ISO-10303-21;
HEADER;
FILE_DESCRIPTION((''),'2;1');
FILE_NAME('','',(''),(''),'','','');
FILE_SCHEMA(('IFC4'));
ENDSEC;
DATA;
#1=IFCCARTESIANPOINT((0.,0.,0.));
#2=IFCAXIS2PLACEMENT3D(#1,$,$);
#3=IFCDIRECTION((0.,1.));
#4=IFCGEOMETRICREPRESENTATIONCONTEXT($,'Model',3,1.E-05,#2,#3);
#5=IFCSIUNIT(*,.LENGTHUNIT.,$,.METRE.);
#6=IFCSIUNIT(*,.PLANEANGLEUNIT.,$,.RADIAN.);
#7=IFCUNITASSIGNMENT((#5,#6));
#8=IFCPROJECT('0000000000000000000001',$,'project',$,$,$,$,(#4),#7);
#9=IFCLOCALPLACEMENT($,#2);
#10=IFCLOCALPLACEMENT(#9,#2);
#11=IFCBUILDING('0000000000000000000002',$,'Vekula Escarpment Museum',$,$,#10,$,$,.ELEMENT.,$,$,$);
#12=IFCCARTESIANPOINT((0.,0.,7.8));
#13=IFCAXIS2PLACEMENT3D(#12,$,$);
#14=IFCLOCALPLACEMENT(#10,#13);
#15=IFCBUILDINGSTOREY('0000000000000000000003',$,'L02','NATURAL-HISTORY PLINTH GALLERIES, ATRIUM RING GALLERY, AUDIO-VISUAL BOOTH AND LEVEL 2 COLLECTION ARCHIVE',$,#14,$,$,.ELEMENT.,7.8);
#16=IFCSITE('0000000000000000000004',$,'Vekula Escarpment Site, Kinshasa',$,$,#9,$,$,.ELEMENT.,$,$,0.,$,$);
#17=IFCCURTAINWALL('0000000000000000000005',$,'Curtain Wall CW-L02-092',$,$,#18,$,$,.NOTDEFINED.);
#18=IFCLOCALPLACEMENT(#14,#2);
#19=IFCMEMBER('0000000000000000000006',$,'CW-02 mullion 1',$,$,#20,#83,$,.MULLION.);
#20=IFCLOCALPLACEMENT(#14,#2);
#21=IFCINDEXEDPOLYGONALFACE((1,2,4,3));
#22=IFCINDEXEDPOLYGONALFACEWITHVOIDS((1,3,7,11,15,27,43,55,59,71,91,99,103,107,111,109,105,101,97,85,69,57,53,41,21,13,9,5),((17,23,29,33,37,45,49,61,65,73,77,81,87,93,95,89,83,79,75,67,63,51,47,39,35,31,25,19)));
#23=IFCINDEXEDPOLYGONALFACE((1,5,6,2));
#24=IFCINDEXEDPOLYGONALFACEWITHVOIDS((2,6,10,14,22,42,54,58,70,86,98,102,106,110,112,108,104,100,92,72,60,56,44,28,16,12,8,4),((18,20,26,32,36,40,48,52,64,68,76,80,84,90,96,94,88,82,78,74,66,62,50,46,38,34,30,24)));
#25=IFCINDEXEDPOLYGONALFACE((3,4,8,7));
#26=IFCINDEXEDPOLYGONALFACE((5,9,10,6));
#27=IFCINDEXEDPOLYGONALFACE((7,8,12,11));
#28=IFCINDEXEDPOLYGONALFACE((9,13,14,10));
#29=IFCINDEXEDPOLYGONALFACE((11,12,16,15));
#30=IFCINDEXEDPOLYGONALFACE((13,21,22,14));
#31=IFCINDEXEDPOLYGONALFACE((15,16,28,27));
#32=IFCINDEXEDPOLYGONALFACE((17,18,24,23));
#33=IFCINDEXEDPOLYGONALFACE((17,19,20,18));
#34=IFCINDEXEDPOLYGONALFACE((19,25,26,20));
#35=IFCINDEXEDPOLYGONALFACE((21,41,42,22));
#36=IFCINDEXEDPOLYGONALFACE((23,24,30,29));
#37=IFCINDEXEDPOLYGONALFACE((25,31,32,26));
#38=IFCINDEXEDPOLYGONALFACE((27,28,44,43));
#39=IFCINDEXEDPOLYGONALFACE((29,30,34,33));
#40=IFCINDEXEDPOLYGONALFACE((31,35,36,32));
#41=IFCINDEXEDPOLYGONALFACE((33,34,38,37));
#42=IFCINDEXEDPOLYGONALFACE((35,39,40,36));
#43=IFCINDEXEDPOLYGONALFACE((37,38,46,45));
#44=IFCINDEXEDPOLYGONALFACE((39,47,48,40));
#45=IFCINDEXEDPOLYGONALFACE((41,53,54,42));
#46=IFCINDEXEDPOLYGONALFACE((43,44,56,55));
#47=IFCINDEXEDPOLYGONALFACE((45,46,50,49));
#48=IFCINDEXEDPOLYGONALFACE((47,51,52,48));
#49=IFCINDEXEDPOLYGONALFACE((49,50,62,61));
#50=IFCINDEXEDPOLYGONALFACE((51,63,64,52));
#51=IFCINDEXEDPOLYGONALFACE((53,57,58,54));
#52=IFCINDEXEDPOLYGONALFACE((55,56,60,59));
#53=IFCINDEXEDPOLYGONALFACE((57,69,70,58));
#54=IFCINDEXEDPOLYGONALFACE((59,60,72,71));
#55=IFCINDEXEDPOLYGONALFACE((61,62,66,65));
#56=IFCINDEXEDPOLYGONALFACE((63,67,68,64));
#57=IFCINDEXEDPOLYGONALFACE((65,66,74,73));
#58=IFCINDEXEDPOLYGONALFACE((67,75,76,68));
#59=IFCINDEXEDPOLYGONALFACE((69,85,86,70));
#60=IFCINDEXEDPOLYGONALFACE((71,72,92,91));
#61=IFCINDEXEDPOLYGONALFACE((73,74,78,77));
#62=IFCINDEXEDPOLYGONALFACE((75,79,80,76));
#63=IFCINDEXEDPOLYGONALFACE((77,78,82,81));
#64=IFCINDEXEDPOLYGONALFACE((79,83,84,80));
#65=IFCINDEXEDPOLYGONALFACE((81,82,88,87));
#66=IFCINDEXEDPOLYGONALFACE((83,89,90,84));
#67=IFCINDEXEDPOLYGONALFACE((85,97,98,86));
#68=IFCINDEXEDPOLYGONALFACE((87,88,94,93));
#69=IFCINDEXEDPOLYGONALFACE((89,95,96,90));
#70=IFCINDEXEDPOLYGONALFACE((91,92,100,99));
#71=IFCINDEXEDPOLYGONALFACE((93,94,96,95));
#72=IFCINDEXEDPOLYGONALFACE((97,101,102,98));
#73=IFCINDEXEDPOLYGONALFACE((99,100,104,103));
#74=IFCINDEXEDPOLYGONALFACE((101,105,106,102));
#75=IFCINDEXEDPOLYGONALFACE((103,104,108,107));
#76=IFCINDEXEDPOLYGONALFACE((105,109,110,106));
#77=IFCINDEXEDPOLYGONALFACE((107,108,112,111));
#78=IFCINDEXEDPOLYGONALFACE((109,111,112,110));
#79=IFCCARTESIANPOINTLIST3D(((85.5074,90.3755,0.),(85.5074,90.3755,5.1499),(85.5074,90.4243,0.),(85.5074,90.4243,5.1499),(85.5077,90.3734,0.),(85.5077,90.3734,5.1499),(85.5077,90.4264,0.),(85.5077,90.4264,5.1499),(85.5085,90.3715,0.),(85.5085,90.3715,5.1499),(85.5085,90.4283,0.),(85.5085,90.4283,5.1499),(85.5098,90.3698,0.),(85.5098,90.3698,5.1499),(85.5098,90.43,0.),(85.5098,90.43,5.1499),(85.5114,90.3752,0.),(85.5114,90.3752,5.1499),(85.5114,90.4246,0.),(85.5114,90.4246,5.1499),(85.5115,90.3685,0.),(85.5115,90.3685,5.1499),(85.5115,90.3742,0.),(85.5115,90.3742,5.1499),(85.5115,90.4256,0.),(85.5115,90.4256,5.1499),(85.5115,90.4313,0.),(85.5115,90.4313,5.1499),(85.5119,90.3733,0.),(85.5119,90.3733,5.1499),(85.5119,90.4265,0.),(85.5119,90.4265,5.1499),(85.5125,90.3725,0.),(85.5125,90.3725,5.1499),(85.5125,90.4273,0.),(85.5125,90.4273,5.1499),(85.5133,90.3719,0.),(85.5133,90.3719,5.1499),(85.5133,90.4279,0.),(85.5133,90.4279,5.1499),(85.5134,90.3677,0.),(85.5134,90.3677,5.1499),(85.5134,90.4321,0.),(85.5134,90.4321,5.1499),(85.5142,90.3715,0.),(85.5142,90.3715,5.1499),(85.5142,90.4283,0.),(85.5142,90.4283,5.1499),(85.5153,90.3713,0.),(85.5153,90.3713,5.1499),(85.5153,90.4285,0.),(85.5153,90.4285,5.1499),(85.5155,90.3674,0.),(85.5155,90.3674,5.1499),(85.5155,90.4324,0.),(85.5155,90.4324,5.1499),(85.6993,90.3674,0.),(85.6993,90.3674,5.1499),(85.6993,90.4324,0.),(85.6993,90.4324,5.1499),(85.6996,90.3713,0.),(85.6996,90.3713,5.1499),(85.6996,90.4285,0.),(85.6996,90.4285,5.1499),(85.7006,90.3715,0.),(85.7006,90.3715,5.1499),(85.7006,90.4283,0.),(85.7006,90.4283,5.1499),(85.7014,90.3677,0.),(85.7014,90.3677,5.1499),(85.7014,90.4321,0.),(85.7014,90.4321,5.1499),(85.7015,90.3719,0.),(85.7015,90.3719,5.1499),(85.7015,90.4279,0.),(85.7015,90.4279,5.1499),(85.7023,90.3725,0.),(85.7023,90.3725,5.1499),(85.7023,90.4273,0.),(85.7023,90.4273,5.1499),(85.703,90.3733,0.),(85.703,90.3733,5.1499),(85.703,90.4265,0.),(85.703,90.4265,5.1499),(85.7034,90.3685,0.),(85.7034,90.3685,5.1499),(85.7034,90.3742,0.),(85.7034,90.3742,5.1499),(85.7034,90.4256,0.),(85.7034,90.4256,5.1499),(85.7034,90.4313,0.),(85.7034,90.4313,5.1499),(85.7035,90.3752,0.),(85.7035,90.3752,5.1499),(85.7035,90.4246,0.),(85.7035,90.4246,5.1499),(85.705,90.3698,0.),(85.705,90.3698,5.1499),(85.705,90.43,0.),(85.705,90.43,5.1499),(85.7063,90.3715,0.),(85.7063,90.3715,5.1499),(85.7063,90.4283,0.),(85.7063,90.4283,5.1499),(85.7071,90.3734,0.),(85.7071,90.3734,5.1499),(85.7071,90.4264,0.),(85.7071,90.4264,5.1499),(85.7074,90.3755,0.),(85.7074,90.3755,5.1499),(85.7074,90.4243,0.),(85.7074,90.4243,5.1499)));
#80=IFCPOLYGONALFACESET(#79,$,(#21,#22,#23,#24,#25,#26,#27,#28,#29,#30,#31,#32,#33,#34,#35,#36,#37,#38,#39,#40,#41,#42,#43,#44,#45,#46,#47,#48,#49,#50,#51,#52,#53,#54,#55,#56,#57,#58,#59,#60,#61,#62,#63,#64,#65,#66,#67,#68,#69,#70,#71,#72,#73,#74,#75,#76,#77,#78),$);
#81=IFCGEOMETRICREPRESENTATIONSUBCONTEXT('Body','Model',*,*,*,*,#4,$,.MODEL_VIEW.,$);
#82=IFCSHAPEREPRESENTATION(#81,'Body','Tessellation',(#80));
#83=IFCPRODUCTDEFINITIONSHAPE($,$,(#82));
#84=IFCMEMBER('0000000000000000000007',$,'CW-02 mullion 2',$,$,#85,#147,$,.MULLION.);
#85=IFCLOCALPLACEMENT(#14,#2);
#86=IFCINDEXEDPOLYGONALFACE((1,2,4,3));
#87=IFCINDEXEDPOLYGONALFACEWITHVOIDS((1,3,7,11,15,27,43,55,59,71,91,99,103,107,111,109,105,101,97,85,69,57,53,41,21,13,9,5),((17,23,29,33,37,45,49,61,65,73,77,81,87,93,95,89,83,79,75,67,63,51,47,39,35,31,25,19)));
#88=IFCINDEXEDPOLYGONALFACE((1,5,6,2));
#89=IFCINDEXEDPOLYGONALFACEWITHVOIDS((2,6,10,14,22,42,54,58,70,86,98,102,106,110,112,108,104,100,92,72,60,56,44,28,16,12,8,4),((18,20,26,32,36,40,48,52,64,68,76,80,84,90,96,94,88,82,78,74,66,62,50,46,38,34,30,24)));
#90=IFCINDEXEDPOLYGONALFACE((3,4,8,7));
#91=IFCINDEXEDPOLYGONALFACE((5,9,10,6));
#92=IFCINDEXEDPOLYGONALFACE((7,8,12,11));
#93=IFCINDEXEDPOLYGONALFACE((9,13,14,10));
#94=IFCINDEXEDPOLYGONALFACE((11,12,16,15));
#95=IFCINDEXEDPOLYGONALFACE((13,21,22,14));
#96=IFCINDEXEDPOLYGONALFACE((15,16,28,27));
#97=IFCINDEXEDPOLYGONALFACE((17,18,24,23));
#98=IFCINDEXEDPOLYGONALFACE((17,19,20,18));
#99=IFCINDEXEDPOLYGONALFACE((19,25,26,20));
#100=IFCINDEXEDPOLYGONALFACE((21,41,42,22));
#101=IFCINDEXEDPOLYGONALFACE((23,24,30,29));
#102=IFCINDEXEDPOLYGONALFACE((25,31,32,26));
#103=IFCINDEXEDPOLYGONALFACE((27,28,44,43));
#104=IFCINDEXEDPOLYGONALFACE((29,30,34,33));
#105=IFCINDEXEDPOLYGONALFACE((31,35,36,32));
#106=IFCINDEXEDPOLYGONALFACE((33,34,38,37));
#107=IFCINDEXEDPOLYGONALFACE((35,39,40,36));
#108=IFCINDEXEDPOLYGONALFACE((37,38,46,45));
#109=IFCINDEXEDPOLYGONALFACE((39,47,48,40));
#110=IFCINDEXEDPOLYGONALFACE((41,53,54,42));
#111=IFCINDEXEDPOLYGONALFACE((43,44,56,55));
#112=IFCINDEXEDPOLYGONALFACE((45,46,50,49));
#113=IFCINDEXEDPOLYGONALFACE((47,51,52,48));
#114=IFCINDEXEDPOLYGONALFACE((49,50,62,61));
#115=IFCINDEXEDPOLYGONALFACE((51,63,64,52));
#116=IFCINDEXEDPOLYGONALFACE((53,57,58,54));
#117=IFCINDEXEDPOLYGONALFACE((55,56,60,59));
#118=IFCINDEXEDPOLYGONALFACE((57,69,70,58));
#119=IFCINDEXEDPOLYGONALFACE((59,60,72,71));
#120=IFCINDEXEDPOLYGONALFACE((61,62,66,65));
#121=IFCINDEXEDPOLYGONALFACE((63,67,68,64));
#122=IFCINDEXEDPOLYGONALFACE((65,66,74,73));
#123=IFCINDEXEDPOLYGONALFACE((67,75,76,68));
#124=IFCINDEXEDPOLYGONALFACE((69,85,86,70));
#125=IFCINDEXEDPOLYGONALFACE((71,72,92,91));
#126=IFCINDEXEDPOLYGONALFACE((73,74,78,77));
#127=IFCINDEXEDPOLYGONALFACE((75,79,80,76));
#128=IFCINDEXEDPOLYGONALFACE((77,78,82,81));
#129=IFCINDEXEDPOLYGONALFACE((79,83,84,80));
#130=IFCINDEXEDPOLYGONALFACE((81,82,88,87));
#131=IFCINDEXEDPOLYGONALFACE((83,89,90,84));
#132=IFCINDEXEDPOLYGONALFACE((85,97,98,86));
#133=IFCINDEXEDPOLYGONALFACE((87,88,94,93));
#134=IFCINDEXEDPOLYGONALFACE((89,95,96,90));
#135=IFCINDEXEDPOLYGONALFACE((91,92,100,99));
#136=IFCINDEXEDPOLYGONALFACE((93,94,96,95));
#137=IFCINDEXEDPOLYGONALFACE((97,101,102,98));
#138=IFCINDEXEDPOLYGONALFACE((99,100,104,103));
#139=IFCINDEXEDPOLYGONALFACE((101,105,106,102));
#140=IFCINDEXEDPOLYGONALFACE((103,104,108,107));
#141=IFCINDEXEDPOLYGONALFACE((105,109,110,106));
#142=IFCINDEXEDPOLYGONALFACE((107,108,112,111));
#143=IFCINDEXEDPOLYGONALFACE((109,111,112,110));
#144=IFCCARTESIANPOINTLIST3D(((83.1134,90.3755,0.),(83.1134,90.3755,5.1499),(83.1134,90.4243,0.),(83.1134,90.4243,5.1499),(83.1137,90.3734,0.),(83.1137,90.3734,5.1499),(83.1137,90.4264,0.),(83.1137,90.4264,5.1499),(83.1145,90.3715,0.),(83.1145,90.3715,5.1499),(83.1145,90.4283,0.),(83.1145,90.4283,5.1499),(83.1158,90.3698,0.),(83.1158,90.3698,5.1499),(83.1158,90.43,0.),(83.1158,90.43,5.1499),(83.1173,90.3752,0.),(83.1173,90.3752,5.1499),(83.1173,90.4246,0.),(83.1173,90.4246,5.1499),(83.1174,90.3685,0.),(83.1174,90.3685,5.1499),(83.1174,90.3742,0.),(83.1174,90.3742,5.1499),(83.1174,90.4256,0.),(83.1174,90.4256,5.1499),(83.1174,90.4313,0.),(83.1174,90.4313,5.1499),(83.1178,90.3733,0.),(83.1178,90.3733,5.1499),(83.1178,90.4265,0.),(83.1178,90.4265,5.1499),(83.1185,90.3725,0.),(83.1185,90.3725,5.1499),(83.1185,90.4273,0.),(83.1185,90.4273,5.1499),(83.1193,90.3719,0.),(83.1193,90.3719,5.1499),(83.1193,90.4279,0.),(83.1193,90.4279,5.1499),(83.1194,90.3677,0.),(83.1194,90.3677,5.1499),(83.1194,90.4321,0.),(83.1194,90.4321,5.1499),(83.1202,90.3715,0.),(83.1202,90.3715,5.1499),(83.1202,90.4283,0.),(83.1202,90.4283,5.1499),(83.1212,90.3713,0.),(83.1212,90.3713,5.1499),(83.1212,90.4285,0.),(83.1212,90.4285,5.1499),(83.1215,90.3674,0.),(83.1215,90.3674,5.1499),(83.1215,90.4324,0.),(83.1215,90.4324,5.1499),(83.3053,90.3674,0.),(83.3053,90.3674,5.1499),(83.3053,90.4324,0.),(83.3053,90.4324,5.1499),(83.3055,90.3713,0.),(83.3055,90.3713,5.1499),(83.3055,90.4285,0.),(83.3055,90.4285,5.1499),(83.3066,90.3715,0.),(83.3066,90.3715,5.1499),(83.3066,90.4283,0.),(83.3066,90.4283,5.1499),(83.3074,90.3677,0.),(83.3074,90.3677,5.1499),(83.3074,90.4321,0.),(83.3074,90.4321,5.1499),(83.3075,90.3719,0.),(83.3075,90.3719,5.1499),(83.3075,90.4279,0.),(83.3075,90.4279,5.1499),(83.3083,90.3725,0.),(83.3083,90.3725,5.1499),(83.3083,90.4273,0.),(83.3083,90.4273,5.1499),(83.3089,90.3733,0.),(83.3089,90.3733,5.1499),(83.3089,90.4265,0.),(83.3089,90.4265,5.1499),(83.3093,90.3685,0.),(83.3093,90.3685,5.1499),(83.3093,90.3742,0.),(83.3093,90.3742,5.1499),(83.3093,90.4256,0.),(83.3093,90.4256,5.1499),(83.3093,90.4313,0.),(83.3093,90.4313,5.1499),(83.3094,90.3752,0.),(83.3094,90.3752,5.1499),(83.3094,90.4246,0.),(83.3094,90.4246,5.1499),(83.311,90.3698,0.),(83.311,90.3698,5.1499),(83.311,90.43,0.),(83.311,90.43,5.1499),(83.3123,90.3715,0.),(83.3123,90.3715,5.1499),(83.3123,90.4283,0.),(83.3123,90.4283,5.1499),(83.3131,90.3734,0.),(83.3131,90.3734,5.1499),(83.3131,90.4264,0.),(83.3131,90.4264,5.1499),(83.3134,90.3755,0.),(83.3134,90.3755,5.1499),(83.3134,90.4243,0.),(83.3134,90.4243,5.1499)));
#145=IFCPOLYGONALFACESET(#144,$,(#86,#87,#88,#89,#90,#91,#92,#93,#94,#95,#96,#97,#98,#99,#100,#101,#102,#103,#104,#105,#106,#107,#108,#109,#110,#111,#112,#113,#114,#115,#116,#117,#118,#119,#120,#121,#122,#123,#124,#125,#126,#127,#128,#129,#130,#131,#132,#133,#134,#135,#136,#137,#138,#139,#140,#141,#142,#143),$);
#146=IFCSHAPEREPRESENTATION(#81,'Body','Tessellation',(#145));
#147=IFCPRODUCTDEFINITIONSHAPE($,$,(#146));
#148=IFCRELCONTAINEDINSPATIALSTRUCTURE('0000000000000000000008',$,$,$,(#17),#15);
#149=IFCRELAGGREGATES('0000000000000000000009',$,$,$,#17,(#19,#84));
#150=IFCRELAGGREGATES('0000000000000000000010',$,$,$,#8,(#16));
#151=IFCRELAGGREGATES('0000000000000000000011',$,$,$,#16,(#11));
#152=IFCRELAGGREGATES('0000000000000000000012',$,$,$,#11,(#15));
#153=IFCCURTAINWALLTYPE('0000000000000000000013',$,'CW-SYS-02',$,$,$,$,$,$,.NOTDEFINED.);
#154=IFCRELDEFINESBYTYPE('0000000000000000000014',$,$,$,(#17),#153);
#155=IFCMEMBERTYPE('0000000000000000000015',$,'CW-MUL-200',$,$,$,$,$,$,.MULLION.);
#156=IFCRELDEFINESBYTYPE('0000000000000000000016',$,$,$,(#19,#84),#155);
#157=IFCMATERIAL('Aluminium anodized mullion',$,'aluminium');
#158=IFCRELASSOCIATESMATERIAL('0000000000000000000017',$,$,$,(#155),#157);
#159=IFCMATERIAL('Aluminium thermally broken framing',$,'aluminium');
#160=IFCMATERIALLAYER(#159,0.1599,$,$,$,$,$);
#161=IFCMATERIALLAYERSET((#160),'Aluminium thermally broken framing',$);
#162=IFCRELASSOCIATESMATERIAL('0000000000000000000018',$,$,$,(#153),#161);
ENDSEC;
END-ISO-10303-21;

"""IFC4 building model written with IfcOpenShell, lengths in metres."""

from ifc_helpers import new_model, si_unit, direction, frame, origin, origin_2d, place, context, subcontext, project, spatial, hollow_rectangle, extrude, material, layer, layer_set, material_profile, profile_set, type_object, element, aggregate, save


model = new_model("IFC4")

# Units and contexts
model_context = context("Model", 3, precision=1e-05, world=origin(), true_north=direction((0.0, 1.0)))
body_context = subcontext(model_context, "Body", "Model", "MODEL_VIEW")
ifc_project = project(units=[si_unit("LENGTHUNIT", "METRE"), si_unit("PLANEANGLEUNIT", "RADIAN")], contexts=[model_context])

# Site, building, storey
site_placement = place(None, origin())
site = spatial("IfcSite", under=ifc_project, at=site_placement, Name="Vekula Escarpment Site, Kinshasa", CompositionType="ELEMENT", RefElevation=0.0)
building_placement = place(site_placement, origin())
building = spatial("IfcBuilding", under=site, at=building_placement, Name="Vekula Escarpment Museum", CompositionType="ELEMENT")
storey_placement = place(building_placement, frame((0.0, 0.0, 7.8)))
storey = spatial("IfcBuildingStorey", under=building, at=storey_placement, Name="L02", Description="NATURAL-HISTORY PLINTH GALLERIES, ATRIUM RING GALLERY, AUDIO-VISUAL BOOTH AND LEVEL 2 COLLECTION ARCHIVE", CompositionType="ELEMENT", Elevation=7.8)

# Shared definitions
ifc_material_1 = material(Name="Aluminium anodized mullion", Category="aluminium")
ifc_material_profile_1 = material_profile(ifc_material_1, hollow_rectangle(XDim=0.0649, YDim=0.2, WallThickness=0.0039, InnerFilletRadius=0.0039, OuterFilletRadius=0.0081, at=origin_2d()), Name="ALU 200x65x4")
ifc_profile_set_1 = profile_set([ifc_material_profile_1], Name="Aluminium anodized mullion")
member_type_1 = type_object("IfcMemberType", Name="CW-MUL-200", PredefinedType="MULLION", material=ifc_profile_set_1)

# Curtain wall, members
ifc_material_2 = material(Name="Aluminium thermally broken framing", Category="aluminium")
ifc_layer_1 = layer(ifc_material_2, 0.1599)
ifc_layer_set_1 = layer_set([ifc_layer_1], Name="Aluminium thermally broken framing")
curtain_wall_type_1 = type_object("IfcCurtainWallType", Name="CW-SYS-02", PredefinedType="NOTDEFINED", material=ifc_layer_set_1)
curtain_wall_1_placement = place(storey_placement, origin())
curtain_wall_1 = element("IfcCurtainWall", 1, at=curtain_wall_1_placement, inside=storey, type_object=curtain_wall_type_1, Name="Curtain Wall CW-L02-092", PredefinedType="NOTDEFINED")
member_1_placement = place(storey_placement, frame((85.6074, 90.3999, 0.0), z_axis=(0.0, 0.0, 1.0), x_axis=(0.0, -1.0, 0.0)))
member_1 = element("IfcMember", 2, at=member_1_placement, type_object=member_type_1, Name="CW-02 mullion 1", PredefinedType="MULLION", context=body_context, shape_type="SweptSolid", body=[
    extrude(hollow_rectangle(XDim=0.0649, YDim=0.2, WallThickness=0.0039, InnerFilletRadius=0.0039, OuterFilletRadius=0.0081, at=origin_2d()), origin(), (0.0, 0.0, 1.0), 5.1499),
])
member_2_placement = place(storey_placement, frame((83.2134, 90.3999, 0.0), z_axis=(0.0, 0.0, 1.0), x_axis=(0.0, -1.0, 0.0)))
member_2 = element("IfcMember", 3, at=member_2_placement, type_object=member_type_1, Name="CW-02 mullion 2", PredefinedType="MULLION", context=body_context, shape_type="SweptSolid", body=[
    extrude(hollow_rectangle(XDim=0.0649, YDim=0.2, WallThickness=0.0039, InnerFilletRadius=0.0039, OuterFilletRadius=0.0081, at=origin_2d()), origin(), (0.0, 0.0, 1.0), 5.1499),
])

aggregate(curtain_wall_1, [member_1, member_2])

save(model, "model.ifc")
